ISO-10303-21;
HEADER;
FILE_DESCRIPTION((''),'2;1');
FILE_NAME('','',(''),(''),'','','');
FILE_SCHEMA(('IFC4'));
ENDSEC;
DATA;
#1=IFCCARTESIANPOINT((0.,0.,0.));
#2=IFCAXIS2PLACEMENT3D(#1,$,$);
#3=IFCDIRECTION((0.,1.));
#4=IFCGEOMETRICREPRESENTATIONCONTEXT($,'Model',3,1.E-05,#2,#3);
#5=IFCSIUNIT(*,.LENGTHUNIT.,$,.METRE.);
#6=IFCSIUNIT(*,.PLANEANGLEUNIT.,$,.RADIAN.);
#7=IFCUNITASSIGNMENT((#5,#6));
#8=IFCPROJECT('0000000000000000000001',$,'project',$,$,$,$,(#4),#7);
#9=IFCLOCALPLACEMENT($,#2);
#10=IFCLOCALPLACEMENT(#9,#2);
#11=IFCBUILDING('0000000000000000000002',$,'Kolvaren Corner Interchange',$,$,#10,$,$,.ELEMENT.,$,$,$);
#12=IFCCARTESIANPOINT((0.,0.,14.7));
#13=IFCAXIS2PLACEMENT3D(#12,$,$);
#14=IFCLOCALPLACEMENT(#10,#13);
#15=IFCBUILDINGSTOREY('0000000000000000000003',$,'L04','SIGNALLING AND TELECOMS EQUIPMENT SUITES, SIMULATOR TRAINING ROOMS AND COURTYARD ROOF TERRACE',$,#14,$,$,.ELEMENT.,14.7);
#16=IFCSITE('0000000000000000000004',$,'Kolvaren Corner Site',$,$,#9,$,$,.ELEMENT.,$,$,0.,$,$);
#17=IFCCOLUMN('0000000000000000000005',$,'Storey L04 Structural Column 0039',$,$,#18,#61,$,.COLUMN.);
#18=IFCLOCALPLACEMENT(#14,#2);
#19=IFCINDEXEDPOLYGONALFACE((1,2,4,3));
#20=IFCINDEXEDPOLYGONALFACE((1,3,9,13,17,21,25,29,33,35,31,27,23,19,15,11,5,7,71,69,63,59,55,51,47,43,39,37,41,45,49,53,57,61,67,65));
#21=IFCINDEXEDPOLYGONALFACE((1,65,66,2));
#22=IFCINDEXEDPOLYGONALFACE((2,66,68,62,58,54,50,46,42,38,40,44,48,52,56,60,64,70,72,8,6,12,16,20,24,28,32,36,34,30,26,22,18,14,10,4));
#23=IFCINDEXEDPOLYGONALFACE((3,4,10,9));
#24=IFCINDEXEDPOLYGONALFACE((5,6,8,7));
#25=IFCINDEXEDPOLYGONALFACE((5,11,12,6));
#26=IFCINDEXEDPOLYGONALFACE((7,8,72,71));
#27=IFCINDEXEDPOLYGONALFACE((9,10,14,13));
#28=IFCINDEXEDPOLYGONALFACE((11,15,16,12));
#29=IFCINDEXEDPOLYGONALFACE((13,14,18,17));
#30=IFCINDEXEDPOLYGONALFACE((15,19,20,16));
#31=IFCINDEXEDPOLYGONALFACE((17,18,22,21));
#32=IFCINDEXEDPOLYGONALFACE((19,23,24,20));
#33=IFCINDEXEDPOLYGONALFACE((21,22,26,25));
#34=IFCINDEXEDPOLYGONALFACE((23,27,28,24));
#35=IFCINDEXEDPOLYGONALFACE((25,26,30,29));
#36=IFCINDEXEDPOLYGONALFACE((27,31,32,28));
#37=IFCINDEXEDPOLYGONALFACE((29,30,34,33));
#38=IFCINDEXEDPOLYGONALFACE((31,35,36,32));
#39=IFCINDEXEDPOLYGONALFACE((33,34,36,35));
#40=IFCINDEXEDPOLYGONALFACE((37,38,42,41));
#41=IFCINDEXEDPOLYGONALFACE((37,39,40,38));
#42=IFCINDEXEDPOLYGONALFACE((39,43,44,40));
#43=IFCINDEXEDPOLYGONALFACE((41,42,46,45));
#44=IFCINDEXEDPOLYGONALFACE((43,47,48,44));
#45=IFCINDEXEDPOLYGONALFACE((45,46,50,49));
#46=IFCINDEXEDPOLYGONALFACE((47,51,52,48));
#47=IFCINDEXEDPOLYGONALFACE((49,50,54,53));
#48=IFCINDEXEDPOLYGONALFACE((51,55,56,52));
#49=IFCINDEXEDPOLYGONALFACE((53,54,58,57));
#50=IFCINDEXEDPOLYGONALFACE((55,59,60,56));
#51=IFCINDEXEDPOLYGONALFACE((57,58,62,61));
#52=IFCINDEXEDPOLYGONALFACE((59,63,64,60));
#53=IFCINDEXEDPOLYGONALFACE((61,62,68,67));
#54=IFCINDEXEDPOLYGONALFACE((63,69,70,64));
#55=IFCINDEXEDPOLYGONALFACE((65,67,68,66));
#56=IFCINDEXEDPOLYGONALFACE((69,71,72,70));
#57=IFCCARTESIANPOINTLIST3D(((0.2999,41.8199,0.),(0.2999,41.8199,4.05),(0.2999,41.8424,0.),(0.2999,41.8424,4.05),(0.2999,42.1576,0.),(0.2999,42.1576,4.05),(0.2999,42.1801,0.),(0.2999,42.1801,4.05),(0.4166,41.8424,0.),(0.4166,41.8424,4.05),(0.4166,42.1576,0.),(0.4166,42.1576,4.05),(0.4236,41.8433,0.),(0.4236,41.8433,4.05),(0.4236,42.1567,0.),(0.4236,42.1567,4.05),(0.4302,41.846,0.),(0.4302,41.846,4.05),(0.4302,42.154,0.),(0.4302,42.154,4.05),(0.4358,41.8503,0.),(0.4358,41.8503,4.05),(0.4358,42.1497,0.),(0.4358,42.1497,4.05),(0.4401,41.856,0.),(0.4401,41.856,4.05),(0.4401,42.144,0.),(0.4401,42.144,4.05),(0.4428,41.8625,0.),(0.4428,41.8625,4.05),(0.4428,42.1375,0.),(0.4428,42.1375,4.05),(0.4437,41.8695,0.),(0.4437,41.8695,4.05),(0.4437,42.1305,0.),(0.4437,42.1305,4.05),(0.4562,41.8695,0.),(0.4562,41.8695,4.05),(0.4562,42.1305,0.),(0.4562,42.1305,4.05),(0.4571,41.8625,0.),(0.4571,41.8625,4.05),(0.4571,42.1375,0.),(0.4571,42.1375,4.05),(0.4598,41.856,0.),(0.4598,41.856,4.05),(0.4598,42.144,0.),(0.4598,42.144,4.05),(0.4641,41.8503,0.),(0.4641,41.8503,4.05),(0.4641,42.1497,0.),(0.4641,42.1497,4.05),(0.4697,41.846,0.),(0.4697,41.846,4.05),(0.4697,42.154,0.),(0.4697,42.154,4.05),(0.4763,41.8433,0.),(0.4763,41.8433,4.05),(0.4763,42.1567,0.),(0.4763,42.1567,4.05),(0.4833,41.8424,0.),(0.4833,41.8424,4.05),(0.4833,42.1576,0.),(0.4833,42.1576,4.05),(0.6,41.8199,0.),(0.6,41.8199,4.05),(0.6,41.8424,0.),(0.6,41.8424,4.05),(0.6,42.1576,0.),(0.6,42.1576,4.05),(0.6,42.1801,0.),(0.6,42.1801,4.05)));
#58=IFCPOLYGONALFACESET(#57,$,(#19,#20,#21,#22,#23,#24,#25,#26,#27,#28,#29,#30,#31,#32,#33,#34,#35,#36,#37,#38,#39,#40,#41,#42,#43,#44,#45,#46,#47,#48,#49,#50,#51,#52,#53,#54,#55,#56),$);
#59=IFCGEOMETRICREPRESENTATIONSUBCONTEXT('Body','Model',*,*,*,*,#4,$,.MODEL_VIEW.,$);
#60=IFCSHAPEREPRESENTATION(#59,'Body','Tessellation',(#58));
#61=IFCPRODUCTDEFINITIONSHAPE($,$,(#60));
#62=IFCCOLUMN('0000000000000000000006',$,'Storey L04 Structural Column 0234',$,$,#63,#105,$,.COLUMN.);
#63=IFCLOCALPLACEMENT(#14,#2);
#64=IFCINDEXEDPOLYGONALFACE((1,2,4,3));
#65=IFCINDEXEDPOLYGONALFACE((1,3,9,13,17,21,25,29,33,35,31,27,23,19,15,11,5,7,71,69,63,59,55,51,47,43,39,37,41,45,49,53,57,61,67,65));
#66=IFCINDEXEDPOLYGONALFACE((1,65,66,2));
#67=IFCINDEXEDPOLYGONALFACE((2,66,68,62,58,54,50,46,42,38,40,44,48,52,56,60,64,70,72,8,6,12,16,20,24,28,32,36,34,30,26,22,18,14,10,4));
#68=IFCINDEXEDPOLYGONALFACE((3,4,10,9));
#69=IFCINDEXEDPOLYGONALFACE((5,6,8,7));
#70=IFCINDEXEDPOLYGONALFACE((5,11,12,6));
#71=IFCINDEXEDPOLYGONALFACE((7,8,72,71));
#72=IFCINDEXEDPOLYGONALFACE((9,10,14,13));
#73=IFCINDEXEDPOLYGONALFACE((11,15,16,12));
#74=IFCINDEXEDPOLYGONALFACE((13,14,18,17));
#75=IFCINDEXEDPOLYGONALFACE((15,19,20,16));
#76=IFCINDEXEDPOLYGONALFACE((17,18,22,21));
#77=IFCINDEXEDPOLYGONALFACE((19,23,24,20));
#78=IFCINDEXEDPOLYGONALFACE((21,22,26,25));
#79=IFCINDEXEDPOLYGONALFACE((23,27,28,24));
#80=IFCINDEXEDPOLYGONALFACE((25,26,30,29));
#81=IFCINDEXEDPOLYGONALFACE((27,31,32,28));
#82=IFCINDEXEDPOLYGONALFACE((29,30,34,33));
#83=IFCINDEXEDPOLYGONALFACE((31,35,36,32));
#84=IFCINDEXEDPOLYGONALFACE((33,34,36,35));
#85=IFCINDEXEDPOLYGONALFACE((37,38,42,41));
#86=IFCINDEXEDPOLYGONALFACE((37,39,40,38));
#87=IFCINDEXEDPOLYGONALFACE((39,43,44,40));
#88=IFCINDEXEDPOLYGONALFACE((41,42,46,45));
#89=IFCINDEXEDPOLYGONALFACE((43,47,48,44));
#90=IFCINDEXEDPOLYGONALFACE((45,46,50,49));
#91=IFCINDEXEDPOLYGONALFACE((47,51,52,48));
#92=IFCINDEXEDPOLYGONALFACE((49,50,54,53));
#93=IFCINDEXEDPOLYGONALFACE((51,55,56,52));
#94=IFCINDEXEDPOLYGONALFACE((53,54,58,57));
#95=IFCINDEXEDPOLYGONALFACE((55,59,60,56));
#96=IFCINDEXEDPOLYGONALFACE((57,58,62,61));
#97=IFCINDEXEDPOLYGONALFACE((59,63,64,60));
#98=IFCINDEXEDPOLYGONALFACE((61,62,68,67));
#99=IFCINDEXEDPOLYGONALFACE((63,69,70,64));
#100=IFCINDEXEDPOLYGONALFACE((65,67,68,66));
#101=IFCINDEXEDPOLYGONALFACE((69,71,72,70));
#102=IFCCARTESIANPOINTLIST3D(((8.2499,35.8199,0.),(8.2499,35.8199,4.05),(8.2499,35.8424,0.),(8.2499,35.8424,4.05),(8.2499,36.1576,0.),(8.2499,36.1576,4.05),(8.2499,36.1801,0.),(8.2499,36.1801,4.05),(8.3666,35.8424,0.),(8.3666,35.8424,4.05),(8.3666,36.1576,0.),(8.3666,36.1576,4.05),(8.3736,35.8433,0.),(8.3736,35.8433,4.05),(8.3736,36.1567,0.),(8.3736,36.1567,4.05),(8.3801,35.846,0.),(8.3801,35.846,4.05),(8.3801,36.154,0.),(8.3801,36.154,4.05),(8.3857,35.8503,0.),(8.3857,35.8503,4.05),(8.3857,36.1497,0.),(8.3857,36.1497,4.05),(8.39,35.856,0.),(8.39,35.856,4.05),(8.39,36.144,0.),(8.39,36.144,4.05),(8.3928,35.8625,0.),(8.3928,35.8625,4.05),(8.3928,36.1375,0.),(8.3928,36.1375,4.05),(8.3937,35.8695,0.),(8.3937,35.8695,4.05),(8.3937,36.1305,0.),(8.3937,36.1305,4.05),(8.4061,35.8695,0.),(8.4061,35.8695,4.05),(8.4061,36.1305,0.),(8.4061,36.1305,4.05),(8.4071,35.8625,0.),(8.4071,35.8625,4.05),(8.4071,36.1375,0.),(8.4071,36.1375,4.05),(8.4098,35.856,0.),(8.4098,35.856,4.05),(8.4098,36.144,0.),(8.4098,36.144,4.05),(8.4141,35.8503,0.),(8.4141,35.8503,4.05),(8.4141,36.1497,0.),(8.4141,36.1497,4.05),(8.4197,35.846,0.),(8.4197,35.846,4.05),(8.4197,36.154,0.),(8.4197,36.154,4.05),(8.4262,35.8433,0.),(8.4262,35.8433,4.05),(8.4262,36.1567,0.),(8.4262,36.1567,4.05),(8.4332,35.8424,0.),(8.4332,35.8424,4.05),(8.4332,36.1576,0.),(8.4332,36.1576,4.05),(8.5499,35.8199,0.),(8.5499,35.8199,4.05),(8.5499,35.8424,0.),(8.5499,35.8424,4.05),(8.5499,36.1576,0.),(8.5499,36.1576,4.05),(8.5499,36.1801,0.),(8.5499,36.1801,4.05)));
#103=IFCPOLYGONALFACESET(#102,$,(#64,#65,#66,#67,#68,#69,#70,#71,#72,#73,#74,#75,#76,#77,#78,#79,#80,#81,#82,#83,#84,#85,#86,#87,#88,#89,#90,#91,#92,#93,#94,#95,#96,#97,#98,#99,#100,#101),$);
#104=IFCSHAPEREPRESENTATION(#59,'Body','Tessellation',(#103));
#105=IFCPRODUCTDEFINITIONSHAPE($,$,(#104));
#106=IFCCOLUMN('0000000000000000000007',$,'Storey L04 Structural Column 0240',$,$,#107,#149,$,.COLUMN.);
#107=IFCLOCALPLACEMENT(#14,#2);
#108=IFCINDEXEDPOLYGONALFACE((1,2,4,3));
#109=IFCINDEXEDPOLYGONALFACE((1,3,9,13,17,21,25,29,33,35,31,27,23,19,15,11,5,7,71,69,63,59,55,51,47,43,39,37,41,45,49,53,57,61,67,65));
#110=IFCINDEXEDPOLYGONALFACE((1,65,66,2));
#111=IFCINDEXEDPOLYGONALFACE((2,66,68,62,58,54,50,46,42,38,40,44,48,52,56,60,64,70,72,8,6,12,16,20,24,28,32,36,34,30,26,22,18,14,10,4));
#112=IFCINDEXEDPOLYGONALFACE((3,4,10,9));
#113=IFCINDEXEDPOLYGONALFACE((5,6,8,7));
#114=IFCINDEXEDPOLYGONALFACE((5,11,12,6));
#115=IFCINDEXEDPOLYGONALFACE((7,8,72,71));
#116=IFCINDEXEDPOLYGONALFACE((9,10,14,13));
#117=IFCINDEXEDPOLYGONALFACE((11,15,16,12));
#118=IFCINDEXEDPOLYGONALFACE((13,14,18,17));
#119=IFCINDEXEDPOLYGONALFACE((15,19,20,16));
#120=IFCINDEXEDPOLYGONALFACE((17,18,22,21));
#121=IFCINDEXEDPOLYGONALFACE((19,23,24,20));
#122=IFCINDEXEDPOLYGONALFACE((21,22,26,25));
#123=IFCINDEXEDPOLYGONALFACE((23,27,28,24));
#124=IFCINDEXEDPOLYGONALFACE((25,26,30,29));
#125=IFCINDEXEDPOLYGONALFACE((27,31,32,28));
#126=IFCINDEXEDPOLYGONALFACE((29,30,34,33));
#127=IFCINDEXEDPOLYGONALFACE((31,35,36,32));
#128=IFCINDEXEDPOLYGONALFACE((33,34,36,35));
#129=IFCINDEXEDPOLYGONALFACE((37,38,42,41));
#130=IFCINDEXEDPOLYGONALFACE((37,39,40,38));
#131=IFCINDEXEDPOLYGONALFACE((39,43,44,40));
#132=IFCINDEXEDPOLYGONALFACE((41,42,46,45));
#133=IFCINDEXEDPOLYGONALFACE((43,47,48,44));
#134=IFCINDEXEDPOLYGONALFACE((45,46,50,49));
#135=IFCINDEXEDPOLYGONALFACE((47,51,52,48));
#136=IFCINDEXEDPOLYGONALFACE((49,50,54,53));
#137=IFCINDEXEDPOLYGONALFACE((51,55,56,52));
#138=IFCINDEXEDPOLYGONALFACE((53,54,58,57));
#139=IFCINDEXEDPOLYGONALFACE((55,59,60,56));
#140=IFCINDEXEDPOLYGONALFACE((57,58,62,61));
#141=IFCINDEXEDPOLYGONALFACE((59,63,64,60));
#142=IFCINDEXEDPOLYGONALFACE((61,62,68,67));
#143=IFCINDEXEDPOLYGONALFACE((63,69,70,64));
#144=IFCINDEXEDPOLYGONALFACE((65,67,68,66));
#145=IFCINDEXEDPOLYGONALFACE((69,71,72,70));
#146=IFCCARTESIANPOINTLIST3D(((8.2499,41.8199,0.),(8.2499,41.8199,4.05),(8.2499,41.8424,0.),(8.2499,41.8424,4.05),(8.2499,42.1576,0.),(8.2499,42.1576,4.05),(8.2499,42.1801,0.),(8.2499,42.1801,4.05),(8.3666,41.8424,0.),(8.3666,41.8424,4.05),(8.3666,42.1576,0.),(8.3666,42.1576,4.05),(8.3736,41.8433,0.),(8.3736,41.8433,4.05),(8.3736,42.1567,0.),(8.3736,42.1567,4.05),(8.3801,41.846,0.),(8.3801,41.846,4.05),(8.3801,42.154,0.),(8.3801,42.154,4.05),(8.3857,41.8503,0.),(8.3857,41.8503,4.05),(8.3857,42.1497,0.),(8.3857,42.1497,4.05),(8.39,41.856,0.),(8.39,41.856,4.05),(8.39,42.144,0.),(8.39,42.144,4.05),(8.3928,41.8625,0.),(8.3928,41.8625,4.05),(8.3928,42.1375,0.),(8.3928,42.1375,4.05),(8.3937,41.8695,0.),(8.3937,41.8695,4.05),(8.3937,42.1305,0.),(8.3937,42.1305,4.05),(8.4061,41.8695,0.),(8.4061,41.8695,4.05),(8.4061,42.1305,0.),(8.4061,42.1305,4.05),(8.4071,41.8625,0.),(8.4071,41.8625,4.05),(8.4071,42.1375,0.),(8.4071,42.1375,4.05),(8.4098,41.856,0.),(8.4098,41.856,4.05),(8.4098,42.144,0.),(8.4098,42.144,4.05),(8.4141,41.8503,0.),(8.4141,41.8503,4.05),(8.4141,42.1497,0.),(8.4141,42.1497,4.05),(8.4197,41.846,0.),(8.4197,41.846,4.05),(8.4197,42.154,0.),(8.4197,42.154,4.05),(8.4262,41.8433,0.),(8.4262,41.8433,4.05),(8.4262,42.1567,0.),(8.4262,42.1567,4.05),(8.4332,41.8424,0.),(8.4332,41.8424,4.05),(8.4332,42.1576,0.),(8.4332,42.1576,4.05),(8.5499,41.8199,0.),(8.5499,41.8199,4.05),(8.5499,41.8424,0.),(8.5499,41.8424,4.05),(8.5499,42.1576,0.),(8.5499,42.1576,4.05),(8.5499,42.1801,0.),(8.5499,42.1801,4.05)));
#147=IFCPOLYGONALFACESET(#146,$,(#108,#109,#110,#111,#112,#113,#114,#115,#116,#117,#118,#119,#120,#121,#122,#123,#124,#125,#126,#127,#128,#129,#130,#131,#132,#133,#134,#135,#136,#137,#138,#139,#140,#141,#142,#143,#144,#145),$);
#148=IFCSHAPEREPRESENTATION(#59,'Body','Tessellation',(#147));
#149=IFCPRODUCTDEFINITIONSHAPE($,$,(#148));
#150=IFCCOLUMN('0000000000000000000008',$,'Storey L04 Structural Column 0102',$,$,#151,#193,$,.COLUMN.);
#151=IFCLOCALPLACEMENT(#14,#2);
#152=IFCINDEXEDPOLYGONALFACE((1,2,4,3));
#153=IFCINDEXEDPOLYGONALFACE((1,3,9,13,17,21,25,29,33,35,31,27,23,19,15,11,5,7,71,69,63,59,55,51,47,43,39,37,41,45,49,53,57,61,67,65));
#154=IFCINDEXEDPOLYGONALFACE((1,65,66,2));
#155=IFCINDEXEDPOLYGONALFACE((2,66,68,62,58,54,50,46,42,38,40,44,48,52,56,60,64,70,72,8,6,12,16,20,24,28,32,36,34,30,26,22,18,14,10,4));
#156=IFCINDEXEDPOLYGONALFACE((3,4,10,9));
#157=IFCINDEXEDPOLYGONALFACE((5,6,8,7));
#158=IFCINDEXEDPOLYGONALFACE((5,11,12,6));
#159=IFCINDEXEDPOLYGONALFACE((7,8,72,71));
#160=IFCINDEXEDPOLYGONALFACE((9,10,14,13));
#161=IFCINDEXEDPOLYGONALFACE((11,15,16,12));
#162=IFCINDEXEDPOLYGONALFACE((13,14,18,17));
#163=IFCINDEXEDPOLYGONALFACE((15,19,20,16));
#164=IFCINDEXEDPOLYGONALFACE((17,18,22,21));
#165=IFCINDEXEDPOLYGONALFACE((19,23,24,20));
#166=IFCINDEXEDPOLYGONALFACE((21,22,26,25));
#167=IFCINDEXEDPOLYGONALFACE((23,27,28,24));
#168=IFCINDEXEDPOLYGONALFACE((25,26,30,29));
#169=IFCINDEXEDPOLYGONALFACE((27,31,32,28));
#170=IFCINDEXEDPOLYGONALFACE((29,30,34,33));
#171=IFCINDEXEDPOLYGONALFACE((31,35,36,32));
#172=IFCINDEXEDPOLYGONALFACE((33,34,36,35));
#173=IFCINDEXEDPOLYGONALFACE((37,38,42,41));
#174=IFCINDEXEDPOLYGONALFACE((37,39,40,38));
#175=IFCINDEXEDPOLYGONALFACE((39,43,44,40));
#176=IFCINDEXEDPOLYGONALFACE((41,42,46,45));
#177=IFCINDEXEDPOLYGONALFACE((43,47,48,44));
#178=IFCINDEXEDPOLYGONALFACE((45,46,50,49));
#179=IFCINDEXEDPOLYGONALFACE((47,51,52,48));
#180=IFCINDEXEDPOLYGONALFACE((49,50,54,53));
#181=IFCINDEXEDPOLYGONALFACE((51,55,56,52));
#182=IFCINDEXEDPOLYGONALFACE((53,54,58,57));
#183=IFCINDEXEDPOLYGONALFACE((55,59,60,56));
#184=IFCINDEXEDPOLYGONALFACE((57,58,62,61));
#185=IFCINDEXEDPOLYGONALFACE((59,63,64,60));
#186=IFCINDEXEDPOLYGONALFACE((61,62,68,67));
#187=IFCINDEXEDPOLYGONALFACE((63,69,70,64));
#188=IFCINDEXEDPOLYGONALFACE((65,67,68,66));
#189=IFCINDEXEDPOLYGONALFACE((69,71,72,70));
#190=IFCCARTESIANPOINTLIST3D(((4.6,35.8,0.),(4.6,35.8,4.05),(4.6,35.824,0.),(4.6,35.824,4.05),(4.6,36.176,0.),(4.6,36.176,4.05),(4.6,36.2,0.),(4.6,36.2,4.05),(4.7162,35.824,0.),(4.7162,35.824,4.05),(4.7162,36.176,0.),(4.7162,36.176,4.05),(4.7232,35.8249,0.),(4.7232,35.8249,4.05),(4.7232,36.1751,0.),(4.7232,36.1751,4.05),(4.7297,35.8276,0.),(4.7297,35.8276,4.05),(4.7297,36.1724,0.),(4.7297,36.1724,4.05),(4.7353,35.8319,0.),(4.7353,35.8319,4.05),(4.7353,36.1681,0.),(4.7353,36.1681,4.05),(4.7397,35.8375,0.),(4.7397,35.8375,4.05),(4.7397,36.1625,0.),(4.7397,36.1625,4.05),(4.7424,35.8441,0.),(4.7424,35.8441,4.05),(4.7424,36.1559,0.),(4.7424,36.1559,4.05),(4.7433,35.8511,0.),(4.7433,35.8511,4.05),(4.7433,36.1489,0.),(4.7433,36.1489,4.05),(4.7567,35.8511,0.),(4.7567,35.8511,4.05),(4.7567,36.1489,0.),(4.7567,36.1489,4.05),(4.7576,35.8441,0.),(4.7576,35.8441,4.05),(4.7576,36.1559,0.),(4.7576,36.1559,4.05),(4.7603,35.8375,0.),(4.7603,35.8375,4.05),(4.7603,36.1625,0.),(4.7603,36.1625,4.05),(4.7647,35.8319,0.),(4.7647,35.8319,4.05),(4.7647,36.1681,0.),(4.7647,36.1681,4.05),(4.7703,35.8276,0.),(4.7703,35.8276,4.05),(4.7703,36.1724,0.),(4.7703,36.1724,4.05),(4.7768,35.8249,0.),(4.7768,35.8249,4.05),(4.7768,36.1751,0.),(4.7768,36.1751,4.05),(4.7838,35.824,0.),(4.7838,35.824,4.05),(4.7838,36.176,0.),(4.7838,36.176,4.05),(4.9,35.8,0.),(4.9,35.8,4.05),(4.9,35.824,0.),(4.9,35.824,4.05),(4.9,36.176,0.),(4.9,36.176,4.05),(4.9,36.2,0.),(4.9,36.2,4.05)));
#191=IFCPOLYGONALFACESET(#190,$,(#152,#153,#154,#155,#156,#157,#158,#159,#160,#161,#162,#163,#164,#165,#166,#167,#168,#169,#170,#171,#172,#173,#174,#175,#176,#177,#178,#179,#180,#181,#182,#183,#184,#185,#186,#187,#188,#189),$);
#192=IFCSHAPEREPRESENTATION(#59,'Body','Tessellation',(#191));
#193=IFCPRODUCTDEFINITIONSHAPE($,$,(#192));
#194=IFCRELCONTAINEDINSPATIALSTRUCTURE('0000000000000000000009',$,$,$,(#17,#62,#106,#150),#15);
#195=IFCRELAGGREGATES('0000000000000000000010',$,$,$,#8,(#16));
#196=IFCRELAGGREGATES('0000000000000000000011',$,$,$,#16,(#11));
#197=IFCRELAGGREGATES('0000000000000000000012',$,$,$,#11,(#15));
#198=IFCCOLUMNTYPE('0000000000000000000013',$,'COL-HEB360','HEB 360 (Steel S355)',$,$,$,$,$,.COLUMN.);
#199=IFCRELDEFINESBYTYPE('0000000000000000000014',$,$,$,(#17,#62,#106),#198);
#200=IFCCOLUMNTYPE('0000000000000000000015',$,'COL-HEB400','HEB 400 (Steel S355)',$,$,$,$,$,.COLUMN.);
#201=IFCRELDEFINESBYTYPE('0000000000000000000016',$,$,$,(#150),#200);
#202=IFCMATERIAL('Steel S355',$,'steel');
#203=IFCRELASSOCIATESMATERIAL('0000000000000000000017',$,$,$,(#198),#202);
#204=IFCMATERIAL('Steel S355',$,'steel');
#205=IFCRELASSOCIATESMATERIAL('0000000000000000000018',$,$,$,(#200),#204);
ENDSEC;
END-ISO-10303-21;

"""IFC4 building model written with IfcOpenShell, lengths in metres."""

from ifc_helpers import new_model, si_unit, direction, frame, origin, origin_2d, place, context, subcontext, project, spatial, i_section, extrude, material, material_profile, profile_set, type_object, element, save


model = new_model("IFC4")

# Units and contexts
model_context = context("Model", 3, precision=1e-05, world=origin(), true_north=direction((0.0, 1.0)))
body_context = subcontext(model_context, "Body", "Model", "MODEL_VIEW")
ifc_project = project(units=[si_unit("LENGTHUNIT", "METRE"), si_unit("PLANEANGLEUNIT", "RADIAN")], contexts=[model_context])

# Site, building, storey
site_placement = place(None, origin())
site = spatial("IfcSite", under=ifc_project, at=site_placement, Name="Kolvaren Corner Site", CompositionType="ELEMENT", RefElevation=0.0)
building_placement = place(site_placement, origin())
building = spatial("IfcBuilding", under=site, at=building_placement, Name="Kolvaren Corner Interchange", CompositionType="ELEMENT")
storey_placement = place(building_placement, frame((0.0, 0.0, 14.7)))
storey = spatial("IfcBuildingStorey", under=building, at=storey_placement, Name="L04", Description="SIGNALLING AND TELECOMS EQUIPMENT SUITES, SIMULATOR TRAINING ROOMS AND COURTYARD ROOF TERRACE", CompositionType="ELEMENT", Elevation=14.7)

# Columns
ifc_material_1 = material(Name="Steel S355", Category="steel")
ifc_material_profile_1 = material_profile(ifc_material_1, i_section(OverallWidth=0.3, OverallDepth=0.3601, WebThickness=0.0125, FlangeThickness=0.0225, FilletRadius=0.0271, at=origin_2d()), Name="HEB 360")
ifc_profile_set_1 = profile_set([ifc_material_profile_1], Name="Steel S355")
column_type_1 = type_object("IfcColumnType", Name="COL-HEB360", Description="HEB 360 (Steel S355)", PredefinedType="COLUMN", material=ifc_profile_set_1)
for number, where, z_axis, x_axis, name in (
    (1, (0.45, 42.0, 0.0), (0.0, 0.0, 1.0), (1.0, 0.0, 0.0), "Storey L04 Structural Column 0039"),
    (2, (8.3999, 36.0, 0.0), (0.0, 0.0, 1.0), (1.0, 0.0, 0.0), "Storey L04 Structural Column 0234"),
    (3, (8.3999, 42.0, 0.0), (0.0, 0.0, 1.0), (1.0, 0.0, 0.0), "Storey L04 Structural Column 0240"),
):
    element("IfcColumn", number, at=place(storey_placement, frame(where, z_axis=z_axis, x_axis=x_axis)), inside=storey, type_object=column_type_1, Name=name, PredefinedType="COLUMN", context=body_context, shape_type="SweptSolid", body=[
        extrude(i_section(OverallWidth=0.3, OverallDepth=0.3601, WebThickness=0.0125, FlangeThickness=0.0225, FilletRadius=0.0271, at=origin_2d()), origin(), (0.0, 0.0, 1.0), 4.05),
    ])
ifc_material_2 = material(Name="Steel S355", Category="steel")
ifc_material_profile_2 = material_profile(ifc_material_2, i_section(OverallWidth=0.3, OverallDepth=0.3999, WebThickness=0.0134, FlangeThickness=0.0239, FilletRadius=0.0271, at=origin_2d()), Name="HEB 400")
ifc_profile_set_2 = profile_set([ifc_material_profile_2], Name="Steel S355")
column_type_2 = type_object("IfcColumnType", Name="COL-HEB400", Description="HEB 400 (Steel S355)", PredefinedType="COLUMN", material=ifc_profile_set_2)
for number, where, z_axis, x_axis, name in (
    (4, (4.75, 36.0, 0.0), (0.0, 0.0, 1.0), (1.0, 0.0, 0.0), "Storey L04 Structural Column 0102"),
):
    element("IfcColumn", number, at=place(storey_placement, frame(where, z_axis=z_axis, x_axis=x_axis)), inside=storey, type_object=column_type_2, Name=name, PredefinedType="COLUMN", context=body_context, shape_type="SweptSolid", body=[
        extrude(i_section(OverallWidth=0.3, OverallDepth=0.3999, WebThickness=0.0134, FlangeThickness=0.0239, FilletRadius=0.0271, at=origin_2d()), origin(), (0.0, 0.0, 1.0), 4.05),
    ])

save(model, "model.ifc")
